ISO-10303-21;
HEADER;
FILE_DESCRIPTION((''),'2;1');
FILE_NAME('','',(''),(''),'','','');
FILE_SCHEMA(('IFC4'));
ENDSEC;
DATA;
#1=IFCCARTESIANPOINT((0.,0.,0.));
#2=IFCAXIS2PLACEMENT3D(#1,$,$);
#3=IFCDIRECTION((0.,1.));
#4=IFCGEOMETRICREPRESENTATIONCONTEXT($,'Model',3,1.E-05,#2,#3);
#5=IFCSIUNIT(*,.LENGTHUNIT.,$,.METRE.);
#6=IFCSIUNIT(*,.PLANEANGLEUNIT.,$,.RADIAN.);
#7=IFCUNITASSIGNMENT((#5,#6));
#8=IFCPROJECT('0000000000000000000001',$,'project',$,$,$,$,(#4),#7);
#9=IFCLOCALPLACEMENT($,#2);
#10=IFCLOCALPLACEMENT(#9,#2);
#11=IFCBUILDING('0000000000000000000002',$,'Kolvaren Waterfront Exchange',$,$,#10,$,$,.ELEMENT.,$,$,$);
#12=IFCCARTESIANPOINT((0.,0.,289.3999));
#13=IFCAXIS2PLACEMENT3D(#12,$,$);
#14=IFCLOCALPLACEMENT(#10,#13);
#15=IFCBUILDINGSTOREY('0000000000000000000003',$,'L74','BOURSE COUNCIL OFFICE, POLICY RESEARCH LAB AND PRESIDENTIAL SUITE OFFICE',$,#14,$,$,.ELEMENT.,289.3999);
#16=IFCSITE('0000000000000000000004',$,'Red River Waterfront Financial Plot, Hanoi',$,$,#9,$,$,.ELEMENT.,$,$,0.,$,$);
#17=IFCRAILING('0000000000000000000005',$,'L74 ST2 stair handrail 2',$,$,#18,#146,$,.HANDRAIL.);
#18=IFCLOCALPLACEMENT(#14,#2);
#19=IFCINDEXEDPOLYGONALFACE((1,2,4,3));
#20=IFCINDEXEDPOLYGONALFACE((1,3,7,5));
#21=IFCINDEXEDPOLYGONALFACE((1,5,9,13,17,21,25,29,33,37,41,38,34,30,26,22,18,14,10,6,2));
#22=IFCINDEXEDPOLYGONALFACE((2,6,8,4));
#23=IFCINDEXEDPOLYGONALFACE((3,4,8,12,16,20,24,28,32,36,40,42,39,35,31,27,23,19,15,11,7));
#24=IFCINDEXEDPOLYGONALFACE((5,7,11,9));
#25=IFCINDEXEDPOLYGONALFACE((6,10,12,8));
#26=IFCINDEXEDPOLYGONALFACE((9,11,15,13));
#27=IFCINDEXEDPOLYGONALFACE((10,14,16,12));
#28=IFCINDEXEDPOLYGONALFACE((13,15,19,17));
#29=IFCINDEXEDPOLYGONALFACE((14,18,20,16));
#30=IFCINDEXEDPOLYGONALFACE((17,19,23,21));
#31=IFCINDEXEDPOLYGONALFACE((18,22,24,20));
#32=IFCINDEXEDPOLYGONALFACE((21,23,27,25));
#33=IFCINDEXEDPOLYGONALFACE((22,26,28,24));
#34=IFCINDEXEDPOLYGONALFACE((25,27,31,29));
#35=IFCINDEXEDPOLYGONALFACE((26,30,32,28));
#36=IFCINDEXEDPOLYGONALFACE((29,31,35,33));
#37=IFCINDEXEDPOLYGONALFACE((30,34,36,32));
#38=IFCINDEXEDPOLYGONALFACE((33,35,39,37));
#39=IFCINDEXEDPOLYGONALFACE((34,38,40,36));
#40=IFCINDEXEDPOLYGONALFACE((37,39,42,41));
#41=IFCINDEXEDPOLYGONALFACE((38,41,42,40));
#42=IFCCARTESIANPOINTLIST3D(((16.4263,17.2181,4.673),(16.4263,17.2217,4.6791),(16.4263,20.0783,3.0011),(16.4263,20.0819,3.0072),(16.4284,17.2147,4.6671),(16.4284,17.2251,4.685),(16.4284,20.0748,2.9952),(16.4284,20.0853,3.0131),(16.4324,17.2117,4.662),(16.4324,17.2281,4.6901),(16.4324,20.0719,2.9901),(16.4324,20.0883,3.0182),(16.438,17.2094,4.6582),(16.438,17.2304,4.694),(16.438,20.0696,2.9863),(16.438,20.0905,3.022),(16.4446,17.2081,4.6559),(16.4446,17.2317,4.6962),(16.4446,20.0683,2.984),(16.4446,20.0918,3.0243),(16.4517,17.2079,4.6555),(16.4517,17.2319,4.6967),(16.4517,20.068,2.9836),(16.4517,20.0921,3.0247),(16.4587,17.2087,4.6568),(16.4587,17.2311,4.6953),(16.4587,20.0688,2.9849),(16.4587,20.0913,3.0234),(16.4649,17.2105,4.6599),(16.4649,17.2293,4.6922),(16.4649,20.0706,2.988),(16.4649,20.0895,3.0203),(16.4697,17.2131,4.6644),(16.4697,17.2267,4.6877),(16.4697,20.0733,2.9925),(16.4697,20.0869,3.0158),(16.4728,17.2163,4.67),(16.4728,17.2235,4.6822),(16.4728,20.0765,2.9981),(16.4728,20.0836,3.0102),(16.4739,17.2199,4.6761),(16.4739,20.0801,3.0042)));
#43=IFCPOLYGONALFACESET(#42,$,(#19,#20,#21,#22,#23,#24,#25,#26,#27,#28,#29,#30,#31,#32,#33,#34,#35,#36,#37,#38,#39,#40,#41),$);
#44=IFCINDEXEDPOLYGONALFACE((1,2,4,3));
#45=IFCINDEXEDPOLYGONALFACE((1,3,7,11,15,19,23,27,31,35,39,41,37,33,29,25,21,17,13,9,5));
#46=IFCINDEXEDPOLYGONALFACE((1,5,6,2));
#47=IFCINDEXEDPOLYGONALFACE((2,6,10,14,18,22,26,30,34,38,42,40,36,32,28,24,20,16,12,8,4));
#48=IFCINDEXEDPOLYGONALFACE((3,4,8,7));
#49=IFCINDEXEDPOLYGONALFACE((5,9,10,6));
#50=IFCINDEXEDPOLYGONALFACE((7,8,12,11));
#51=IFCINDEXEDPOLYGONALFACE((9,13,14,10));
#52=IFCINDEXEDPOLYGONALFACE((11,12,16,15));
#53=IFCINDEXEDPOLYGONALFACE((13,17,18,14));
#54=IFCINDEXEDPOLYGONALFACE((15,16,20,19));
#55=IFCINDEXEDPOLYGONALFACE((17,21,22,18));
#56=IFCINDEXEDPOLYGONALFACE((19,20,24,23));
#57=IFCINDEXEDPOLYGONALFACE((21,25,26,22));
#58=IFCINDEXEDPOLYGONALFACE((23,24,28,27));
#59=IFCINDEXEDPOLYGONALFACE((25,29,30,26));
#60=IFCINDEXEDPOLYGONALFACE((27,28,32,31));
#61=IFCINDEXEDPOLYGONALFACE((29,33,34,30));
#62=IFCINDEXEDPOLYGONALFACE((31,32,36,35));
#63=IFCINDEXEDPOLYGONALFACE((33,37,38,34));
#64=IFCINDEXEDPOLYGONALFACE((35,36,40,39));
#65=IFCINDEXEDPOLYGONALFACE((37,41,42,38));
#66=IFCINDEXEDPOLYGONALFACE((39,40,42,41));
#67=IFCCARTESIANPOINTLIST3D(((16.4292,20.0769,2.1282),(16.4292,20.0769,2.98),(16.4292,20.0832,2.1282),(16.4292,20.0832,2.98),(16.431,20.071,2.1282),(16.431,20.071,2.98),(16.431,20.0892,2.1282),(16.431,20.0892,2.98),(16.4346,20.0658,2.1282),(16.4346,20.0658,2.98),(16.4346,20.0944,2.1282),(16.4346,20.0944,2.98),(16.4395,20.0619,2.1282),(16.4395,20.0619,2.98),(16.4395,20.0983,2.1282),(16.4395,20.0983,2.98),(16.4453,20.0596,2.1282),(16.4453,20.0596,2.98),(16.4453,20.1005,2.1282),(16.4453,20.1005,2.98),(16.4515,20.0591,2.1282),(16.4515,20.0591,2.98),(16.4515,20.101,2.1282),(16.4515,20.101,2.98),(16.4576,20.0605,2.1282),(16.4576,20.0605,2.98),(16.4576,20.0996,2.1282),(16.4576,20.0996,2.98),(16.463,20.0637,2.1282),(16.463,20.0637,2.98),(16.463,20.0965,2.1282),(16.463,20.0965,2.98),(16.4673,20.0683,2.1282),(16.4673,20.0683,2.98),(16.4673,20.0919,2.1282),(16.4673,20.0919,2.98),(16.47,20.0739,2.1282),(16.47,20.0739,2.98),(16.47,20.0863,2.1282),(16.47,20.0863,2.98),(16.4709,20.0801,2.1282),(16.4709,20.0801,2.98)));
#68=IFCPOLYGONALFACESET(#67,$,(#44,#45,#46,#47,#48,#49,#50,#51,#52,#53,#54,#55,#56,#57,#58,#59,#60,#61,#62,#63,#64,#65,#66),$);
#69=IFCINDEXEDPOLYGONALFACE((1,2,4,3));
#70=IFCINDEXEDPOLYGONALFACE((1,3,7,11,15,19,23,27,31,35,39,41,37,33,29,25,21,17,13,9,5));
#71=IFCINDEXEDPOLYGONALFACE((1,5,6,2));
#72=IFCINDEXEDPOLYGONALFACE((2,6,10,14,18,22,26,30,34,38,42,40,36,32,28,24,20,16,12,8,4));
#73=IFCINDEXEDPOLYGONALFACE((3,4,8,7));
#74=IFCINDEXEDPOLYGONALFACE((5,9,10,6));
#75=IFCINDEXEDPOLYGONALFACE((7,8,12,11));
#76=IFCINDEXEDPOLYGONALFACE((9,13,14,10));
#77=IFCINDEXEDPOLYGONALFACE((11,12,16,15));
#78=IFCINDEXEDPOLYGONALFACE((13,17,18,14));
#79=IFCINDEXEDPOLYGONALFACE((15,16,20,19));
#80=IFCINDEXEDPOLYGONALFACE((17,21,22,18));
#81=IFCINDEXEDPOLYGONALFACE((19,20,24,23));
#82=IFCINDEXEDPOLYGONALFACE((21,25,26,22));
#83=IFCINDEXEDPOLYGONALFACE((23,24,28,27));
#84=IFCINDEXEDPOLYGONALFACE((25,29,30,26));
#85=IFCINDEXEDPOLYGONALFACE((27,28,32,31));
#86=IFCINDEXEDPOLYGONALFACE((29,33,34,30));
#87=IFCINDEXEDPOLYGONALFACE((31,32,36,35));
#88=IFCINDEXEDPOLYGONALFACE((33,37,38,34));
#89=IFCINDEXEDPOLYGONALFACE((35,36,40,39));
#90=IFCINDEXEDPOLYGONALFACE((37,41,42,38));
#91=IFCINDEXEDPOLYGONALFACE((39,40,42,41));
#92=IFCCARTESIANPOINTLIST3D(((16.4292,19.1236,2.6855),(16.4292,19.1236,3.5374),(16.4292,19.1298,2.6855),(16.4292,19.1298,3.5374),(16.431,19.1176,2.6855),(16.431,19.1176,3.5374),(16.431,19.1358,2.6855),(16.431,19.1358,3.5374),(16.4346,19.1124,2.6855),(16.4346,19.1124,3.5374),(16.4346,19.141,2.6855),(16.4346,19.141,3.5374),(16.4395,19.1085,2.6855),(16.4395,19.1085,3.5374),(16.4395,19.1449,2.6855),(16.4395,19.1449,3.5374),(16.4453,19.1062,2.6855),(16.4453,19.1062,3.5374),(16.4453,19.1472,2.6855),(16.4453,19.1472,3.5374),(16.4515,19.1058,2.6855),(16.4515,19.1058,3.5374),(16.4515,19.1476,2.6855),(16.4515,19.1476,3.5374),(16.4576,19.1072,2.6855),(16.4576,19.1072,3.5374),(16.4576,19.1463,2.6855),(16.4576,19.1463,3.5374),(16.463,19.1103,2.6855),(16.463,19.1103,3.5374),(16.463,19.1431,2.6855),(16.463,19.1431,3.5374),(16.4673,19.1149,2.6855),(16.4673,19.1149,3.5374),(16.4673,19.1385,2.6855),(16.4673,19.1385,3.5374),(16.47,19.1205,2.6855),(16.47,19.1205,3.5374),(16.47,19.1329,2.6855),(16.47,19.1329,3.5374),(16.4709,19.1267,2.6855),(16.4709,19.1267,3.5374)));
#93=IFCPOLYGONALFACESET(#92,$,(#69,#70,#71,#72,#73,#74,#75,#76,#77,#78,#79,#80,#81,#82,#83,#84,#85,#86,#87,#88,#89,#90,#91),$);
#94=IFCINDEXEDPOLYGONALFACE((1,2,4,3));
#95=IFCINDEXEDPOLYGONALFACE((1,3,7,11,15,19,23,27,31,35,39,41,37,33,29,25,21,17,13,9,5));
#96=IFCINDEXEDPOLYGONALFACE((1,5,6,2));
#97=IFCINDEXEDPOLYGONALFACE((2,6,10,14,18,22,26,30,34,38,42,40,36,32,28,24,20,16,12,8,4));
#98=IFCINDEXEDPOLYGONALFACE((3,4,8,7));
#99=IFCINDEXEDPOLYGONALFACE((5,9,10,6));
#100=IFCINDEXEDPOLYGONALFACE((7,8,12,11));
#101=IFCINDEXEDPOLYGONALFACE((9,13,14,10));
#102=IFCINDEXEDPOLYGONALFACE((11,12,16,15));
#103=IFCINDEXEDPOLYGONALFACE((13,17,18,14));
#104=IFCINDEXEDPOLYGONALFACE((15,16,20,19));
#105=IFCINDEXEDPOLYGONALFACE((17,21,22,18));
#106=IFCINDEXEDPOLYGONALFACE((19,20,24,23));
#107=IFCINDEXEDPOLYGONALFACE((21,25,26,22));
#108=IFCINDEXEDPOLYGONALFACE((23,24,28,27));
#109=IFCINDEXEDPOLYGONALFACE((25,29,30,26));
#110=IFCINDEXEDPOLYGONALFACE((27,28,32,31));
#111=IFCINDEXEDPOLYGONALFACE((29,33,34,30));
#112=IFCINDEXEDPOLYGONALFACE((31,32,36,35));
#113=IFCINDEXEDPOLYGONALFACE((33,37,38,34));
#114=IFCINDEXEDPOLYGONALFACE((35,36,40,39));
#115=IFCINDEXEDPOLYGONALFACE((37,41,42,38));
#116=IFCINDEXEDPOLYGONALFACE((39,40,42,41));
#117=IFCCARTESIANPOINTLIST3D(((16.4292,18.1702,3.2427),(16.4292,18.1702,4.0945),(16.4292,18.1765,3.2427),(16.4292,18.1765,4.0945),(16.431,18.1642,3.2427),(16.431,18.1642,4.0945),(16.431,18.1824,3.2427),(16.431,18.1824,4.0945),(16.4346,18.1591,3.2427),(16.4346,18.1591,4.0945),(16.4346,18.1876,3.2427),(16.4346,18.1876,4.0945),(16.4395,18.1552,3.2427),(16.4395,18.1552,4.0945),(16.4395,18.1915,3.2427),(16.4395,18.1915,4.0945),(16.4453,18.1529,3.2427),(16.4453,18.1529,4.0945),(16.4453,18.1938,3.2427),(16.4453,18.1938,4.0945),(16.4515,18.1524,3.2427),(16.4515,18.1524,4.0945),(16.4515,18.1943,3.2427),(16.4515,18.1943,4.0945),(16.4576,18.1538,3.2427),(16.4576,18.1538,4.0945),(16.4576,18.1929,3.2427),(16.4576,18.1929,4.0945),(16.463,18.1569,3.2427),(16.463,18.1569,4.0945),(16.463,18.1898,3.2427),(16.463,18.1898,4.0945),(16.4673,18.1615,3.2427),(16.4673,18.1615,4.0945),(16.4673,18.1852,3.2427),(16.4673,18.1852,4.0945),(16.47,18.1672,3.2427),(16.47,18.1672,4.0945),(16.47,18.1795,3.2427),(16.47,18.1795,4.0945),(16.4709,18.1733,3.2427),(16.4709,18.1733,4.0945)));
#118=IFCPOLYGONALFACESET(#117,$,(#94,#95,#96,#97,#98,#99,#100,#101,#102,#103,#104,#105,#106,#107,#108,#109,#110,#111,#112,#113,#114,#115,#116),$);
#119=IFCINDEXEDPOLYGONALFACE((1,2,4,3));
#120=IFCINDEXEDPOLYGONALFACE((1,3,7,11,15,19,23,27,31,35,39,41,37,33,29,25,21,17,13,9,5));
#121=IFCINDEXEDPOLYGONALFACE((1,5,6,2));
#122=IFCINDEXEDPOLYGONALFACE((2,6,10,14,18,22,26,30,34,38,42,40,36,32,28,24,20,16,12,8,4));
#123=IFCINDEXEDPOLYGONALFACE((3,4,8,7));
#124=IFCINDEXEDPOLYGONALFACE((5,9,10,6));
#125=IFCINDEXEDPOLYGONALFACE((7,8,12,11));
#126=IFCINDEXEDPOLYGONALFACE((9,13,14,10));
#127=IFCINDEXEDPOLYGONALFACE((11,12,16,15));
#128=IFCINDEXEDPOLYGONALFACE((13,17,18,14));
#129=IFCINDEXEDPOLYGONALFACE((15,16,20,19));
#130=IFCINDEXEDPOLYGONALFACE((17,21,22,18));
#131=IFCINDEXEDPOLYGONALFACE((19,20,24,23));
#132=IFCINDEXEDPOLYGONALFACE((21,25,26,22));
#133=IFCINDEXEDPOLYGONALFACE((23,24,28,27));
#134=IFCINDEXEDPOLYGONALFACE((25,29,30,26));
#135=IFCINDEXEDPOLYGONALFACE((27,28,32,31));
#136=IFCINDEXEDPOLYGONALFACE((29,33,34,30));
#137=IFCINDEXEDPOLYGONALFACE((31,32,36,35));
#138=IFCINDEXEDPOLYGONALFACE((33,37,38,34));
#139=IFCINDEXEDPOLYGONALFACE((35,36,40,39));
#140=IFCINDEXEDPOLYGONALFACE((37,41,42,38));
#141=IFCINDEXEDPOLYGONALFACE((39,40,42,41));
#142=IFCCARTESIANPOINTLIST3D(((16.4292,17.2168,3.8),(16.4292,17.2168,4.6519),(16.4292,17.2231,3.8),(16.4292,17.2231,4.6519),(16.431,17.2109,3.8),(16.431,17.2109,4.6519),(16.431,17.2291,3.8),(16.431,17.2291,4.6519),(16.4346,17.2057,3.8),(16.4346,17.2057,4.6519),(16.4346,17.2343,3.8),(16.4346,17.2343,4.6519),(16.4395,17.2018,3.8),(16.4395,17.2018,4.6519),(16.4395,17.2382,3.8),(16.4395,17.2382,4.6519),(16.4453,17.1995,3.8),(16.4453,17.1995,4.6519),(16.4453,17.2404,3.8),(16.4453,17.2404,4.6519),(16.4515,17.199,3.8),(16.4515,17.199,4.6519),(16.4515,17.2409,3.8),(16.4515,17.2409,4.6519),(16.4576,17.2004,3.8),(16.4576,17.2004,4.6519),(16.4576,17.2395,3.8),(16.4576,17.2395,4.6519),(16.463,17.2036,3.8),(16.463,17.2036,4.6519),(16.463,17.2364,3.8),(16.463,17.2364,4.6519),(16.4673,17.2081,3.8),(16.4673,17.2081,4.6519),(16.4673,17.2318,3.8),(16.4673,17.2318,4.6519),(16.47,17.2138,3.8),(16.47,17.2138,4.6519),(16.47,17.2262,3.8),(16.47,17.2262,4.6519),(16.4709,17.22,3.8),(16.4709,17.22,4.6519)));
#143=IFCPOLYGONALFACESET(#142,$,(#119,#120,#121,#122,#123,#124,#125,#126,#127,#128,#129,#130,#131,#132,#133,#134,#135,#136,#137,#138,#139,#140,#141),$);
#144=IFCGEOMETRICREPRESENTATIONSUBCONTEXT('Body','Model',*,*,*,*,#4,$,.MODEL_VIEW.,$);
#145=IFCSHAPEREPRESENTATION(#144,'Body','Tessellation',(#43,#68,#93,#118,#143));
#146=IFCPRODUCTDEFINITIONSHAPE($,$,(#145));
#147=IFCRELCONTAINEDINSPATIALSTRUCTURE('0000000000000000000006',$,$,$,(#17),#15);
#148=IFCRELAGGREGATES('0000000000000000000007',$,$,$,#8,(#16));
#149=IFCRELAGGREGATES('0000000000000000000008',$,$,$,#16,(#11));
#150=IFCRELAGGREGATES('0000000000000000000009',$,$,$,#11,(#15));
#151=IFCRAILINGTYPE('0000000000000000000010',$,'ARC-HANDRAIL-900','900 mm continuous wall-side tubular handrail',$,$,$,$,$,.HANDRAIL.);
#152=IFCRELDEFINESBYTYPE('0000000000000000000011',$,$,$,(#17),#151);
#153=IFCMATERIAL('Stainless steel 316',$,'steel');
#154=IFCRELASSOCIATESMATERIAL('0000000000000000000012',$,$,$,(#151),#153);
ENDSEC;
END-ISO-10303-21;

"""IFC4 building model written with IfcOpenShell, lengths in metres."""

from ifc_helpers import new_model, si_unit, direction, frame, origin, origin_2d, place, context, subcontext, project, spatial, circle, extrude, material, type_object, element, save


model = new_model("IFC4")

# Units and contexts
model_context = context("Model", 3, precision=1e-05, world=origin(), true_north=direction((0.0, 1.0)))
body_context = subcontext(model_context, "Body", "Model", "MODEL_VIEW")
ifc_project = project(units=[si_unit("LENGTHUNIT", "METRE"), si_unit("PLANEANGLEUNIT", "RADIAN")], contexts=[model_context])

# Site, building, storey
site_placement = place(None, origin())
site = spatial("IfcSite", under=ifc_project, at=site_placement, Name="Red River Waterfront Financial Plot, Hanoi", CompositionType="ELEMENT", RefElevation=0.0)
building_placement = place(site_placement, origin())
building = spatial("IfcBuilding", under=site, at=building_placement, Name="Kolvaren Waterfront Exchange", CompositionType="ELEMENT")
storey_placement = place(building_placement, frame((0.0, 0.0, 289.3999)))
storey = spatial("IfcBuildingStorey", under=building, at=storey_placement, Name="L74", Description="BOURSE COUNCIL OFFICE, POLICY RESEARCH LAB AND PRESIDENTIAL SUITE OFFICE", CompositionType="ELEMENT", Elevation=289.3999)

# Railing
ifc_material_1 = material(Name="Stainless steel 316", Category="steel")
railing_type_1 = type_object("IfcRailingType", Name="ARC-HANDRAIL-900", Description="900 mm continuous wall-side tubular handrail", PredefinedType="HANDRAIL", material=ifc_material_1)
railing_1_placement = place(storey_placement, frame((16.45, 20.0801, 2.1282)))
element("IfcRailing", 1, at=railing_1_placement, inside=storey, type_object=railing_type_1, Name="L74 ST2 stair handrail 2", PredefinedType="HANDRAIL", context=body_context, shape_type="SweptSolid", body=[
    extrude(circle(Radius=0.0239, at=origin_2d()), frame((0.0, 0.0, 0.876), z_axis=(0.0, -0.863321, 0.504654), x_axis=(1.0, 0.0, 0.0)), (0.0, 0.0, 1.0), 3.313),
    extrude(circle(Radius=0.021, at=origin_2d()), origin(), (0.0, 0.0, 1.0), 0.8518),
    extrude(circle(Radius=0.021, at=origin_2d()), frame((0.0, -0.9534, 0.5574)), (0.0, 0.0, 1.0), 0.8518),
    extrude(circle(Radius=0.021, at=origin_2d()), frame((0.0, -1.9067, 1.1145)), (0.0, 0.0, 1.0), 0.8518),
    extrude(circle(Radius=0.021, at=origin_2d()), frame((0.0, -2.8601, 1.6719)), (0.0, 0.0, 1.0), 0.8518),
])

save(model, "model.ifc")
